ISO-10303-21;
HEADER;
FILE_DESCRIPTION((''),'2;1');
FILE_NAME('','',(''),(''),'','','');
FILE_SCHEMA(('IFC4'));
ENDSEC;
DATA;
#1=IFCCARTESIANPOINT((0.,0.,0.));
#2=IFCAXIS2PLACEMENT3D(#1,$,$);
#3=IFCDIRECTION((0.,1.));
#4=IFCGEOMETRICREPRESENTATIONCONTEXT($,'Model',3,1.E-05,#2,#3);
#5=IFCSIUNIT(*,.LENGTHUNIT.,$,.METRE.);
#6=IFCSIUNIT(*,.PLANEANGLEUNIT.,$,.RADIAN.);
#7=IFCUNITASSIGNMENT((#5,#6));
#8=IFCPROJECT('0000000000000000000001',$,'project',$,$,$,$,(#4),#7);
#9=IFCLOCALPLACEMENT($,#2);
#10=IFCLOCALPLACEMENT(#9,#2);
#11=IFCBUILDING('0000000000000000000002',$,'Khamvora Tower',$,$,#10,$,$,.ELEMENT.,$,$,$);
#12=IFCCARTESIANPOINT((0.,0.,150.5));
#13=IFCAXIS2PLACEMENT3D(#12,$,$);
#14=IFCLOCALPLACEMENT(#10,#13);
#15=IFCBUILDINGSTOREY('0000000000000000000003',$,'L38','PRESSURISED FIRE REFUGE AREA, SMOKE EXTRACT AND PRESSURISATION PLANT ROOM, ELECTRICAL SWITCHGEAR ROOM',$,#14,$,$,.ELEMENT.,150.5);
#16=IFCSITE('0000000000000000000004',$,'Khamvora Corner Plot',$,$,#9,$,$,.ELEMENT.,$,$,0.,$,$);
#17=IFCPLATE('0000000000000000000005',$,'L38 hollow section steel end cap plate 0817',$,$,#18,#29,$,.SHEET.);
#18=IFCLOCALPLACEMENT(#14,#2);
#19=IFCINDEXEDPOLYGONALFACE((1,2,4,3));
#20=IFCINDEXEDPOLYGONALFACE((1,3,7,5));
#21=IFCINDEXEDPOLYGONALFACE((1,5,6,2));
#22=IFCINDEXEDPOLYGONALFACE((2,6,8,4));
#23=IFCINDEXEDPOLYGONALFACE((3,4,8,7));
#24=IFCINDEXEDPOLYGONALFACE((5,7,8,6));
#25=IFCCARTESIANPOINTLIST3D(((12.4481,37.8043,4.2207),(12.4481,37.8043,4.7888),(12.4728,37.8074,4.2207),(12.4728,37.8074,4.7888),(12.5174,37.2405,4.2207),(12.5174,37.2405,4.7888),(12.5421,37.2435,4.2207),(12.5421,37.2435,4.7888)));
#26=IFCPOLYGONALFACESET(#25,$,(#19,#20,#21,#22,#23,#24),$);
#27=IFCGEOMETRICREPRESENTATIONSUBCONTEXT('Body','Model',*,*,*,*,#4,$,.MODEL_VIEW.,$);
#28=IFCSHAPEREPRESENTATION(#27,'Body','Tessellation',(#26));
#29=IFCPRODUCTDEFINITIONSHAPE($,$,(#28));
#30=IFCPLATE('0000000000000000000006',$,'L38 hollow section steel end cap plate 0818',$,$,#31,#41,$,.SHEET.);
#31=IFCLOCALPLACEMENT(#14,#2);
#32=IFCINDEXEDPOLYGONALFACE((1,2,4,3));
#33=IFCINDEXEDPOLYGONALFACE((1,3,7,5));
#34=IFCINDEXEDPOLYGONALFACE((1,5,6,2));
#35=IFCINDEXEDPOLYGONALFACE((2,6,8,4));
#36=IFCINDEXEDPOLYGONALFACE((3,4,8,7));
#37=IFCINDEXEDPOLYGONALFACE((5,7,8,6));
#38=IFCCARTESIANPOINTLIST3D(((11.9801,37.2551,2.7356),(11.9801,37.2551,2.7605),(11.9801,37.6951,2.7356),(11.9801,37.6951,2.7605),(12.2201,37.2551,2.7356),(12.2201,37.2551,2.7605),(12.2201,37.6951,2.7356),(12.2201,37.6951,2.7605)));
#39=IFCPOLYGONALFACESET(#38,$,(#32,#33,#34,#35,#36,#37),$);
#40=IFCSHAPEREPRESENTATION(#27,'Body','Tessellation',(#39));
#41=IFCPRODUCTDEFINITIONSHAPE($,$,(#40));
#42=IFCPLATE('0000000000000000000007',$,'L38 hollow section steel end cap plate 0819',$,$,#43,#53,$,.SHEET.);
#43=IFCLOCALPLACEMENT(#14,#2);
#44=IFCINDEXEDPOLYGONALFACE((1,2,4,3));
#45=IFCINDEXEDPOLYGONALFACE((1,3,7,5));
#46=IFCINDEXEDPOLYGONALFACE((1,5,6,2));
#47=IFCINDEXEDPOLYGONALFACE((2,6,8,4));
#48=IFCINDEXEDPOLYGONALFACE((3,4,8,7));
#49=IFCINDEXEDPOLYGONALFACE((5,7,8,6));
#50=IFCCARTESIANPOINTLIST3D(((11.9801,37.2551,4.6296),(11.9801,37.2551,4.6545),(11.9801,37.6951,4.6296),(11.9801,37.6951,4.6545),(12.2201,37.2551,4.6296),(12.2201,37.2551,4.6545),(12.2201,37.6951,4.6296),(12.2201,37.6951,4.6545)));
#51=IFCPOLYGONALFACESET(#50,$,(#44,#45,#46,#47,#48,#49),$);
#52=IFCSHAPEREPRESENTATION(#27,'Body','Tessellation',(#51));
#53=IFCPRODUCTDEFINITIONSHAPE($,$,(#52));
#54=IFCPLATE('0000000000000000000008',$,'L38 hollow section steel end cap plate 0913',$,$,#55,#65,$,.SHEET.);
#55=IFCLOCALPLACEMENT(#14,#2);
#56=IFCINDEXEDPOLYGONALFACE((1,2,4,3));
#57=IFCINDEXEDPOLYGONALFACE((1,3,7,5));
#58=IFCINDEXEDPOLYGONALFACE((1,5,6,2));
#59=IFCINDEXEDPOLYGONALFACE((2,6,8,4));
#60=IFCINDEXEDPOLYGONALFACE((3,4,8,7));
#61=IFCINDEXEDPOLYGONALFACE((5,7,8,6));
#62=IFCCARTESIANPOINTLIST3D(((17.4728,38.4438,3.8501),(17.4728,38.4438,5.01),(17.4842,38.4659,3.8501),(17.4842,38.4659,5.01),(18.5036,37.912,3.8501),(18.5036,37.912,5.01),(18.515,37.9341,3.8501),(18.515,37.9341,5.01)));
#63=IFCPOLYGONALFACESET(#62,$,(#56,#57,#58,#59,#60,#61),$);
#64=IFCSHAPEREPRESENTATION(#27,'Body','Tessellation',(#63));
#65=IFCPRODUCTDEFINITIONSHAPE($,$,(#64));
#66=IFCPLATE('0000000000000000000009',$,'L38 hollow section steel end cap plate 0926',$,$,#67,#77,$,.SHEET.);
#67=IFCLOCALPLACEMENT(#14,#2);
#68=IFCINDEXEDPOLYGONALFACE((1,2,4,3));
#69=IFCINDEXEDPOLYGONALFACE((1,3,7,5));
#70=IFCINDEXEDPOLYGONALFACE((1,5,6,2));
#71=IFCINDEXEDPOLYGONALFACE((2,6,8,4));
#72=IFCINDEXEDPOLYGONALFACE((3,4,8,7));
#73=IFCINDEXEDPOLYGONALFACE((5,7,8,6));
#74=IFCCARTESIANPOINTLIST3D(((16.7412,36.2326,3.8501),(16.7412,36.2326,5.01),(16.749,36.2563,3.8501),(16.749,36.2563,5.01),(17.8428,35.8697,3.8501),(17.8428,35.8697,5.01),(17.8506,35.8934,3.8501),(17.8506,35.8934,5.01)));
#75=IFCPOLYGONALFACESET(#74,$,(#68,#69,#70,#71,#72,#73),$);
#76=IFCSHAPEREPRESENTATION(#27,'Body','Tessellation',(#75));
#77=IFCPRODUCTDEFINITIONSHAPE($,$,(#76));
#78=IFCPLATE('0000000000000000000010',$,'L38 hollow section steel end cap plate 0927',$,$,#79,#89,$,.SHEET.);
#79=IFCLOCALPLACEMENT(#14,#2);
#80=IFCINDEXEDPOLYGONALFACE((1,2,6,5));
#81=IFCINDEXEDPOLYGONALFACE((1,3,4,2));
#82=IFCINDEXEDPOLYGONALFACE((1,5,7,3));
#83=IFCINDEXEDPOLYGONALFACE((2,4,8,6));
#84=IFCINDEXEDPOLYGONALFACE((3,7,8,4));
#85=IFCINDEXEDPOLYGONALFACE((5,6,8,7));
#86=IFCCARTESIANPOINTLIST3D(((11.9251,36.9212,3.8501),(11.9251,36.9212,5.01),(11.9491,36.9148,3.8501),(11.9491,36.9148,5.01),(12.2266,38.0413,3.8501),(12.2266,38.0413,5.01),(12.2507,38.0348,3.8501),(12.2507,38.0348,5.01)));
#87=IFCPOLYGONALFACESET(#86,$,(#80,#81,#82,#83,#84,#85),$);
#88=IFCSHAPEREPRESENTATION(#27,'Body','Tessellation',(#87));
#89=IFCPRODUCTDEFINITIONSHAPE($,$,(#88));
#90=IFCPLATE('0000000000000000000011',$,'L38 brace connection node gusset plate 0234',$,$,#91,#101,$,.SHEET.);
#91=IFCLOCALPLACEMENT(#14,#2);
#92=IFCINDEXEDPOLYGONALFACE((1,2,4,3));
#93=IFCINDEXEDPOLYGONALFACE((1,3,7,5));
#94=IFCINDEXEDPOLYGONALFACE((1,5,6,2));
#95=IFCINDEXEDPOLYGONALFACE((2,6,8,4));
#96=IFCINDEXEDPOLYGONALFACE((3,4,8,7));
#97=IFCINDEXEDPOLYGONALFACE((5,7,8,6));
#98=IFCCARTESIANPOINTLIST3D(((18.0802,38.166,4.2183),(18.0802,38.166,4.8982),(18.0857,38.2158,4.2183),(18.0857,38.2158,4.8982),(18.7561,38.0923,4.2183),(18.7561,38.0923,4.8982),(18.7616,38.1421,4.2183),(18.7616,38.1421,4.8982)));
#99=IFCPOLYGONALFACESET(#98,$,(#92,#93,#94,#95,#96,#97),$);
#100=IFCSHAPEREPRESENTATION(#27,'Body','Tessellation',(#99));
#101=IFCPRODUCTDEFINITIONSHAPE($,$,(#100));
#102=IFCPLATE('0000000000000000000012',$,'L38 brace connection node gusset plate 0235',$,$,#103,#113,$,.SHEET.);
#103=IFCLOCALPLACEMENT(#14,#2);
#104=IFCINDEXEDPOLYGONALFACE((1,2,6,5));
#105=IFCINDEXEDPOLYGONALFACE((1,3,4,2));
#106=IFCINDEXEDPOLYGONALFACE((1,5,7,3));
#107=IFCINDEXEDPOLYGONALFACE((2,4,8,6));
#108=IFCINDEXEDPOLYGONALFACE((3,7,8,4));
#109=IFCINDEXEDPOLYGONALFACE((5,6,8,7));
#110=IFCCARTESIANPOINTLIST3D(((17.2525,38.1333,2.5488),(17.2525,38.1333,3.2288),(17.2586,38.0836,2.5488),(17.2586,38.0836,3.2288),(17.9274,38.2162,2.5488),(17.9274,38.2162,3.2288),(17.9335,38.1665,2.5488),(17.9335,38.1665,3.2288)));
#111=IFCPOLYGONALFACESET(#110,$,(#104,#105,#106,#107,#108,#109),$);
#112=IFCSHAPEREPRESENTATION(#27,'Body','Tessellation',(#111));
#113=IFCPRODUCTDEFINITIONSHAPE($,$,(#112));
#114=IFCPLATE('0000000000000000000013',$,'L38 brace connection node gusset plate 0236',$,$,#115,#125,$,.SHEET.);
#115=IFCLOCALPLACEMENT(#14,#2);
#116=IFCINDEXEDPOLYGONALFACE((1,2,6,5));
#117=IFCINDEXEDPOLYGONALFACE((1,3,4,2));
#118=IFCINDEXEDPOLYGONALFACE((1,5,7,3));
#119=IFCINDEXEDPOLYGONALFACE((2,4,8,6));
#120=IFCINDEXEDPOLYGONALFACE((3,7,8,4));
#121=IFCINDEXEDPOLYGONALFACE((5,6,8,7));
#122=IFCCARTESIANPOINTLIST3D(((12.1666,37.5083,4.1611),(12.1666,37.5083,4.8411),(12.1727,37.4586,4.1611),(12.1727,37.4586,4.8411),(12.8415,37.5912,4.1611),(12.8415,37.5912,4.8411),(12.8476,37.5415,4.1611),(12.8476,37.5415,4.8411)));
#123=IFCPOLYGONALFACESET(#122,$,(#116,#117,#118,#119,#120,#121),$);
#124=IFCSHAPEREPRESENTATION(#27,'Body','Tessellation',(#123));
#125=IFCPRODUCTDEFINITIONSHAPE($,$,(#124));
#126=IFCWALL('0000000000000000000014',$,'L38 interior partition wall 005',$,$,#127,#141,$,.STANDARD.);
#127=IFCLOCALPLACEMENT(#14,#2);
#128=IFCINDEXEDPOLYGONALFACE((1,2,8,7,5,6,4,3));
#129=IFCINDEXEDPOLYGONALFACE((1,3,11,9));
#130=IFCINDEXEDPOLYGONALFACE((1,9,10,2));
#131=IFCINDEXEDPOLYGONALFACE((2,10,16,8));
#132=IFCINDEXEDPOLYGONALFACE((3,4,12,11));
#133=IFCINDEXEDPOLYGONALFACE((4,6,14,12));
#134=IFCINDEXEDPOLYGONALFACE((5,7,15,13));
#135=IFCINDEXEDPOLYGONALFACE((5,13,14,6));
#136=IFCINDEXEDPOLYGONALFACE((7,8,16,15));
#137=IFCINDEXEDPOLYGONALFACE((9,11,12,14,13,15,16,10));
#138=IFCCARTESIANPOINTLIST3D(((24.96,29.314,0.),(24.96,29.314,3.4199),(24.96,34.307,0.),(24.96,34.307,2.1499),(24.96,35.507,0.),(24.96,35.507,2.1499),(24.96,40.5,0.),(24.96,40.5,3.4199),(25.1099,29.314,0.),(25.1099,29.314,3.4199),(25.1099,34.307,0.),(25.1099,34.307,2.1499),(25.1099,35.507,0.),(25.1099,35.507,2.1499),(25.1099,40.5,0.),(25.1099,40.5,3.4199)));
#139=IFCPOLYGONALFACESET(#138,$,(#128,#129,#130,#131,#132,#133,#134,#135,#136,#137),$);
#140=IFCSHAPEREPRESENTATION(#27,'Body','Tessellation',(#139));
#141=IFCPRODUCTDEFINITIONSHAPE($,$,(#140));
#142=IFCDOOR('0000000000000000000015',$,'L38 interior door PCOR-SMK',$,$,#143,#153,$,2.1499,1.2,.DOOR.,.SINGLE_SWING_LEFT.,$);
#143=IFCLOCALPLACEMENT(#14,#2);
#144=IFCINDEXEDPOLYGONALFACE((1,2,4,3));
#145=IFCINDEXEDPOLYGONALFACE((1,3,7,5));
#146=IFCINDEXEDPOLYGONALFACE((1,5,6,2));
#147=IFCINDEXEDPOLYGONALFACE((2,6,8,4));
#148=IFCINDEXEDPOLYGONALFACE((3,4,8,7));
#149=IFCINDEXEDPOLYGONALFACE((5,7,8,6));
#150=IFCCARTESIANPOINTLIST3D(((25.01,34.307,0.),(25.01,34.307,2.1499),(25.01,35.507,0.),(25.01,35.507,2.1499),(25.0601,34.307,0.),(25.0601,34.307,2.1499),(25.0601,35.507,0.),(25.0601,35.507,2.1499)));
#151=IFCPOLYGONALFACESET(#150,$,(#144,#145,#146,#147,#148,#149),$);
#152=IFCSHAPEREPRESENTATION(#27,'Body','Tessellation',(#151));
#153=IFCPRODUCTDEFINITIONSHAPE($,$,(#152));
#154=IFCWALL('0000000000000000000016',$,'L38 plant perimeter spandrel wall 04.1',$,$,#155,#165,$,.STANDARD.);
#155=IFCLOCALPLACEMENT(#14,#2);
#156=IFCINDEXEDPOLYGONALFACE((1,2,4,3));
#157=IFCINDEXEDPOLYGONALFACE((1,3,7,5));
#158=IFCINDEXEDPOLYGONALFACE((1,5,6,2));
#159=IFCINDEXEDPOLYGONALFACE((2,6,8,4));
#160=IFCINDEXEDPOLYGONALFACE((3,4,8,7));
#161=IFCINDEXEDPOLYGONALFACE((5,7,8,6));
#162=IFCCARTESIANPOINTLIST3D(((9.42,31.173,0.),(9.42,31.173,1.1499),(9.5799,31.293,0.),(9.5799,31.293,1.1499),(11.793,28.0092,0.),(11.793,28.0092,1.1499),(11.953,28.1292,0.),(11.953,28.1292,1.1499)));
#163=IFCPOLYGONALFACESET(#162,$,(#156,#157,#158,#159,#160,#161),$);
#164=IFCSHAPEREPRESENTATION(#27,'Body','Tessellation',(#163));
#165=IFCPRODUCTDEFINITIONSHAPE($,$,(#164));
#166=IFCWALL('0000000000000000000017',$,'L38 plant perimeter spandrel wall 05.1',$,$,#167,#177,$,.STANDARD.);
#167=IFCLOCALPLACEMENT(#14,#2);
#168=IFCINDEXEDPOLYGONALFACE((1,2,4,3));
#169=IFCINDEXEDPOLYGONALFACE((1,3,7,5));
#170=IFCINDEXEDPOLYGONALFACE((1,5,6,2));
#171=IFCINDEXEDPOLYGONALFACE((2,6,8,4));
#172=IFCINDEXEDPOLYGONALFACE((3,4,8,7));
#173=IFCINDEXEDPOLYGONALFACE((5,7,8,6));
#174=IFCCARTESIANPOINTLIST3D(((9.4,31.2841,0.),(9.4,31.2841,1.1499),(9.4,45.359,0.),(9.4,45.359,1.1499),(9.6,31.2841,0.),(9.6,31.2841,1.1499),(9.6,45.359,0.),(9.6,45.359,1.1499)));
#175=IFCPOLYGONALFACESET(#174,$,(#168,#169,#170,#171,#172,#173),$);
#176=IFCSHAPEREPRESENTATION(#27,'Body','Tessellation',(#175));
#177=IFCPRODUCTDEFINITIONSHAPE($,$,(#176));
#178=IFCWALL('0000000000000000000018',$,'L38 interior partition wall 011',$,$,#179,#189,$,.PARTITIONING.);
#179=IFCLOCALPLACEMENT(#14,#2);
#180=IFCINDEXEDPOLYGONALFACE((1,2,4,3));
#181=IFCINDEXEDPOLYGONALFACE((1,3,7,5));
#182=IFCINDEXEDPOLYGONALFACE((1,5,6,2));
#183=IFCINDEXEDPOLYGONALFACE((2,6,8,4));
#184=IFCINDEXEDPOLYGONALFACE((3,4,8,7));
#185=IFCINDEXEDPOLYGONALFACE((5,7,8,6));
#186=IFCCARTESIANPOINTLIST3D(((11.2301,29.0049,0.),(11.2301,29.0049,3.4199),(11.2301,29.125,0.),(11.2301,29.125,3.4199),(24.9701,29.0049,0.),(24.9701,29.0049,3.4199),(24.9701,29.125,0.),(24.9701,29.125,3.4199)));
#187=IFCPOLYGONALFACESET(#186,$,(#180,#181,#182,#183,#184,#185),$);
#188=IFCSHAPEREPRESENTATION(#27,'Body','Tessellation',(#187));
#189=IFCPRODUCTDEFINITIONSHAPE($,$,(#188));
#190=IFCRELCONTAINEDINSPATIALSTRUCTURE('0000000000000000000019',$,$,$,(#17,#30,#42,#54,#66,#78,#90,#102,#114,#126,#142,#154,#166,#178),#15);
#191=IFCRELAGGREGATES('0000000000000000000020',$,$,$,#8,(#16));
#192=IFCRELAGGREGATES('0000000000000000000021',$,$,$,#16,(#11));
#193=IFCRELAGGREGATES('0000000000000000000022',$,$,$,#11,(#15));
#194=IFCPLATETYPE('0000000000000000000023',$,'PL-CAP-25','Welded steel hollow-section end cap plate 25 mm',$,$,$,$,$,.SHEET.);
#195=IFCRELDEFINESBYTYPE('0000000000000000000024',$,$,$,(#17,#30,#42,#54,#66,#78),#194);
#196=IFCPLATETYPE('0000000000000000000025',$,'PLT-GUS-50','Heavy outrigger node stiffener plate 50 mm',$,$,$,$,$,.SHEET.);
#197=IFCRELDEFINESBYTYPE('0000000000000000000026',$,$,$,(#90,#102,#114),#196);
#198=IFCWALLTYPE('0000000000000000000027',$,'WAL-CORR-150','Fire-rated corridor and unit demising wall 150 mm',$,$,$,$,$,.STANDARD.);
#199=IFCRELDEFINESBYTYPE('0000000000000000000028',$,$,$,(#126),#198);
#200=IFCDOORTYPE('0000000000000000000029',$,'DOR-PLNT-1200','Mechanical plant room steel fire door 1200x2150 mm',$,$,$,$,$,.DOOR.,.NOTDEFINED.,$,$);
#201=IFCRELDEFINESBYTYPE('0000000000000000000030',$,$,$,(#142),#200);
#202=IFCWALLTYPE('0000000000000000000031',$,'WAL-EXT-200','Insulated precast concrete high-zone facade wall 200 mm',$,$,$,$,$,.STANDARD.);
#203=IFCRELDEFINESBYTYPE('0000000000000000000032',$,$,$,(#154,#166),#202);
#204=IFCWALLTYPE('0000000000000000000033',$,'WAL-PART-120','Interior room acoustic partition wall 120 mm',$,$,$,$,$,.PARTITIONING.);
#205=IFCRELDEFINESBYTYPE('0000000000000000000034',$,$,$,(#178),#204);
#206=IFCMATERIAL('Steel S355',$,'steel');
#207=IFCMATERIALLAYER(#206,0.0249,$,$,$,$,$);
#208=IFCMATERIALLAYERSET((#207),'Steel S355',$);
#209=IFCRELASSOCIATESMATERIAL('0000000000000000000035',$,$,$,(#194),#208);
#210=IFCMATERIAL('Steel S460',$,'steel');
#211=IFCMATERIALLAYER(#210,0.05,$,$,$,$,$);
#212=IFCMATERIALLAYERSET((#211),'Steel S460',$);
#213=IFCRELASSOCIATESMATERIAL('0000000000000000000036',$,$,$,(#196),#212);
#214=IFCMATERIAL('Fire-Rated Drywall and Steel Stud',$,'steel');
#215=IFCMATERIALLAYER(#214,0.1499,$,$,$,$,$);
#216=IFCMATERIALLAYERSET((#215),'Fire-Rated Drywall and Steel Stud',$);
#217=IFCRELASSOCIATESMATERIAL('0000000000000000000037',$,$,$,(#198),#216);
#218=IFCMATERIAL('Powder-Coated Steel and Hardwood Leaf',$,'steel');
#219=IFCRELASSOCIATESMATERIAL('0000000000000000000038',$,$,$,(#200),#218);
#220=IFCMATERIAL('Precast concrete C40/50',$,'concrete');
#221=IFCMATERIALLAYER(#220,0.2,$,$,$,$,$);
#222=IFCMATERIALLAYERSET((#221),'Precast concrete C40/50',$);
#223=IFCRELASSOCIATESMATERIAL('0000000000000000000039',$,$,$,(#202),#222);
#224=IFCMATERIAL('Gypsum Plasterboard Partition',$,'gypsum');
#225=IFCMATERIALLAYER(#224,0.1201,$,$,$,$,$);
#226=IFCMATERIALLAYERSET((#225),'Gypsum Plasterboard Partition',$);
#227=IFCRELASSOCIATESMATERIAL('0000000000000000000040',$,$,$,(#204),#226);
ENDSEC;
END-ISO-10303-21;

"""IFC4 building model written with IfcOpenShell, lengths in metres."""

from ifc_helpers import new_model, si_unit, direction, frame, frame_2d, origin, origin_2d, place, context, subcontext, project, spatial, rectangle, extrude, material, layer, layer_set, type_object, element, fill, save


model = new_model("IFC4")

# Units and contexts
model_context = context("Model", 3, precision=1e-05, world=origin(), true_north=direction((0.0, 1.0)))
body_context = subcontext(model_context, "Body", "Model", "MODEL_VIEW")
ifc_project = project(units=[si_unit("LENGTHUNIT", "METRE"), si_unit("PLANEANGLEUNIT", "RADIAN")], contexts=[model_context])

# Site, building, storey
site_placement = place(None, origin())
site = spatial("IfcSite", under=ifc_project, at=site_placement, Name="Khamvora Corner Plot", CompositionType="ELEMENT", RefElevation=0.0)
building_placement = place(site_placement, origin())
building = spatial("IfcBuilding", under=site, at=building_placement, Name="Khamvora Tower", CompositionType="ELEMENT")
storey_placement = place(building_placement, frame((0.0, 0.0, 150.5)))
storey = spatial("IfcBuildingStorey", under=building, at=storey_placement, Name="L38", Description="PRESSURISED FIRE REFUGE AREA, SMOKE EXTRACT AND PRESSURISATION PLANT ROOM, ELECTRICAL SWITCHGEAR ROOM", CompositionType="ELEMENT", Elevation=150.5)

# Shared definitions
ifc_material_1 = material(Name="Steel S355", Category="steel")

# Shared definitions
ifc_material_2 = material(Name="Steel S460", Category="steel")

# Plates
ifc_layer_1 = layer(ifc_material_1, 0.0249)
ifc_layer_set_1 = layer_set([ifc_layer_1], Name="Steel S355")
plate_type_1 = type_object("IfcPlateType", Name="PL-CAP-25", Description="Welded steel hollow-section end cap plate 25 mm", PredefinedType="SHEET", material=ifc_layer_set_1)
for number, where, z_axis, x_axis, name in (
    (1, (12.4951, 37.5239, 4.2207), (0.0, 0.0, 1.0), (-0.992533, -0.121973, 0.0), "L38 hollow section steel end cap plate 0817"),
):
    element("IfcPlate", number, at=place(storey_placement, frame(where, z_axis=z_axis, x_axis=x_axis)), inside=storey, type_object=plate_type_1, Name=name, PredefinedType="SHEET", context=body_context, shape_type="SweptSolid", body=[
        extrude(rectangle(XDim=0.0249, YDim=0.5681, at=origin_2d()), origin(), (0.0, 0.0, 1.0), 0.5681),
    ])
for number, where, z_axis, x_axis, name in (
    (2, (12.1001, 37.4751, 2.7356), (0.0, 0.0, 1.0), (1.0, 0.0, 0.0), "L38 hollow section steel end cap plate 0818"),
    (3, (12.1001, 37.4751, 4.6296), (0.0, 0.0, 1.0), (1.0, 0.0, 0.0), "L38 hollow section steel end cap plate 0819"),
):
    element("IfcPlate", number, at=place(storey_placement, frame(where, z_axis=z_axis, x_axis=x_axis)), inside=storey, type_object=plate_type_1, Name=name, PredefinedType="SHEET", context=body_context, shape_type="SweptSolid", body=[
        extrude(rectangle(XDim=0.24, YDim=0.4399, at=origin_2d()), origin(), (0.0, 0.0, 1.0), 0.0249),
    ])
for number, where, z_axis, x_axis, name in (
    (4, (17.9939, 38.189, 3.8501), (0.0, 0.0, 1.0), (0.458463, 0.888713, 0.0), "L38 hollow section steel end cap plate 0913"),
    (5, (17.2959, 36.063, 3.8501), (0.0, 0.0, 1.0), (-0.312865, -0.949797, 0.0), "L38 hollow section steel end cap plate 0926"),
    (6, (12.0879, 37.478, 3.8501), (0.0, 0.0, 1.0), (0.965618, -0.259965, 0.0), "L38 hollow section steel end cap plate 0927"),
):
    element("IfcPlate", number, at=place(storey_placement, frame(where, z_axis=z_axis, x_axis=x_axis)), inside=storey, type_object=plate_type_1, Name=name, PredefinedType="SHEET", context=body_context, shape_type="SweptSolid", body=[
        extrude(rectangle(XDim=0.0249, YDim=1.1599, at=origin_2d()), origin(), (0.0, 0.0, 1.0), 1.1599),
    ])
ifc_layer_2 = layer(ifc_material_2, 0.05)
ifc_layer_set_2 = layer_set([ifc_layer_2], Name="Steel S460")
plate_type_2 = type_object("IfcPlateType", Name="PLT-GUS-50", Description="Heavy outrigger node stiffener plate 50 mm", PredefinedType="SHEET", material=ifc_layer_set_2)
for number, where, z_axis, x_axis, name in (
    (7, (18.4209, 38.1541, 4.2183), (0.0, 0.0, 1.0), (-0.994102, 0.10845, 0.0), "L38 brace connection node gusset plate 0234"),
    (8, (17.593, 38.1499, 2.5488), (0.0, 0.0, 1.0), (-0.992536, -0.121956, 0.0), "L38 brace connection node gusset plate 0235"),
    (9, (12.5071, 37.5249, 4.1611), (0.0, 0.0, 1.0), (-0.992536, -0.121956, 0.0), "L38 brace connection node gusset plate 0236"),
):
    element("IfcPlate", number, at=place(storey_placement, frame(where, z_axis=z_axis, x_axis=x_axis)), inside=storey, type_object=plate_type_2, Name=name, PredefinedType="SHEET", context=body_context, shape_type="SweptSolid", body=[
        extrude(rectangle(XDim=0.6799, YDim=0.05, at=origin_2d()), origin(), (0.0, 0.0, 1.0), 0.6799),
    ])

# Wall, opening, door
ifc_material_3 = material(Name="Fire-Rated Drywall and Steel Stud", Category="steel")
ifc_layer_3 = layer(ifc_material_3, 0.1499)
ifc_layer_set_3 = layer_set([ifc_layer_3], Name="Fire-Rated Drywall and Steel Stud")
wall_type_1 = type_object("IfcWallType", Name="WAL-CORR-150", Description="Fire-rated corridor and unit demising wall 150 mm", PredefinedType="STANDARD", material=ifc_layer_set_3)
wall_1_placement = place(storey_placement, frame((25.0349, 29.314, 0.0), z_axis=(0.0, 0.0, 1.0), x_axis=(0.0, 1.0, 0.0)))
wall_1 = element("IfcWall", 10, at=wall_1_placement, inside=storey, type_object=wall_type_1, Name="L38 interior partition wall 005", PredefinedType="STANDARD", context=body_context, shape_type="SweptSolid", body=[
    extrude(rectangle(XDim=11.186, YDim=0.1499, at=frame_2d((5.593, 0.0))), origin(), (0.0, 0.0, 1.0), 3.4199),
])
opening_placement = place(wall_1_placement, frame((4.9929, 0.0, 0.0)))
opening = element("IfcOpeningElement", 11, at=opening_placement, cuts=wall_1, PredefinedType="OPENING", context=body_context, shape_type="SweptSolid", body=[
    extrude(rectangle(XDim=1.2, YDim=2.1499, at=frame_2d((0.6001, 1.075))), frame((0.0, 0.085, 0.0), z_axis=(0.0, -1.0, 0.0), x_axis=(1.0, 0.0, 0.0)), (0.0, 0.0, 1.0), 0.1699),
])
ifc_material_4 = material(Name="Powder-Coated Steel and Hardwood Leaf", Category="steel")
door_type = type_object("IfcDoorType", Name="DOR-PLNT-1200", Description="Mechanical plant room steel fire door 1200x2150 mm", OperationType="NOTDEFINED", PredefinedType="DOOR", material=ifc_material_4)
door_placement = place(opening_placement, origin())
door = element("IfcDoor", 12, at=door_placement, inside=storey, type_object=door_type, Name="L38 interior door PCOR-SMK", OperationType="SINGLE_SWING_LEFT", OverallHeight=2.1499, OverallWidth=1.2, PredefinedType="DOOR", context=body_context, shape_type="SweptSolid", body=[
    extrude(rectangle(XDim=1.2, YDim=2.1499, at=frame_2d((0.6001, 1.075))), frame((0.0, 0.0249, 0.0), z_axis=(0.0, -1.0, 0.0), x_axis=(1.0, 0.0, 0.0)), (0.0, 0.0, 1.0), 0.05),
])
fill(opening, door)

# Walls
ifc_material_5 = material(Name="Precast concrete C40/50", Category="concrete")
ifc_layer_4 = layer(ifc_material_5, 0.2)
ifc_layer_set_4 = layer_set([ifc_layer_4], Name="Precast concrete C40/50")
wall_type_2 = type_object("IfcWallType", Name="WAL-EXT-200", Description="Insulated precast concrete high-zone facade wall 200 mm", PredefinedType="STANDARD", material=ifc_layer_set_4)
wall_2_placement = place(storey_placement, frame((11.873, 28.0691, 0.0), z_axis=(0.0, 0.0, 1.0), x_axis=(-0.60003, 0.799978, 0.0)))
element("IfcWall", 13, at=wall_2_placement, inside=storey, type_object=wall_type_2, Name="L38 plant perimeter spandrel wall 04.1", PredefinedType="STANDARD", context=body_context, shape_type="SweptSolid", body=[
    extrude(rectangle(XDim=3.9548, YDim=0.2, at=frame_2d((1.9775, 0.0))), origin(), (0.0, 0.0, 1.0), 1.1499),
])
wall_3_placement = place(storey_placement, frame((9.5, 31.2839, 0.0), z_axis=(0.0, 0.0, 1.0), x_axis=(0.0, 1.0, 0.0)))
element("IfcWall", 14, at=wall_3_placement, inside=storey, type_object=wall_type_2, Name="L38 plant perimeter spandrel wall 05.1", PredefinedType="STANDARD", context=body_context, shape_type="SweptSolid", body=[
    extrude(rectangle(XDim=14.075, YDim=0.2, at=frame_2d((7.0376, 0.0))), origin(), (0.0, 0.0, 1.0), 1.1499),
])
ifc_material_6 = material(Name="Gypsum Plasterboard Partition", Category="gypsum")
ifc_layer_5 = layer(ifc_material_6, 0.1201)
ifc_layer_set_5 = layer_set([ifc_layer_5], Name="Gypsum Plasterboard Partition")
wall_type_3 = type_object("IfcWallType", Name="WAL-PART-120", Description="Interior room acoustic partition wall 120 mm", PredefinedType="PARTITIONING", material=ifc_layer_set_5)
wall_4_placement = place(storey_placement, frame((11.23, 29.0649, 0.0), z_axis=(0.0, 0.0, 1.0), x_axis=(1.0, 0.0, 0.0)))
element("IfcWall", 15, at=wall_4_placement, inside=storey, type_object=wall_type_3, Name="L38 interior partition wall 011", PredefinedType="PARTITIONING", context=body_context, shape_type="SweptSolid", body=[
    extrude(rectangle(XDim=13.74, YDim=0.1201, at=frame_2d((6.8701, 0.0))), origin(), (0.0, 0.0, 1.0), 3.4199),
])

save(model, "model.ifc")
